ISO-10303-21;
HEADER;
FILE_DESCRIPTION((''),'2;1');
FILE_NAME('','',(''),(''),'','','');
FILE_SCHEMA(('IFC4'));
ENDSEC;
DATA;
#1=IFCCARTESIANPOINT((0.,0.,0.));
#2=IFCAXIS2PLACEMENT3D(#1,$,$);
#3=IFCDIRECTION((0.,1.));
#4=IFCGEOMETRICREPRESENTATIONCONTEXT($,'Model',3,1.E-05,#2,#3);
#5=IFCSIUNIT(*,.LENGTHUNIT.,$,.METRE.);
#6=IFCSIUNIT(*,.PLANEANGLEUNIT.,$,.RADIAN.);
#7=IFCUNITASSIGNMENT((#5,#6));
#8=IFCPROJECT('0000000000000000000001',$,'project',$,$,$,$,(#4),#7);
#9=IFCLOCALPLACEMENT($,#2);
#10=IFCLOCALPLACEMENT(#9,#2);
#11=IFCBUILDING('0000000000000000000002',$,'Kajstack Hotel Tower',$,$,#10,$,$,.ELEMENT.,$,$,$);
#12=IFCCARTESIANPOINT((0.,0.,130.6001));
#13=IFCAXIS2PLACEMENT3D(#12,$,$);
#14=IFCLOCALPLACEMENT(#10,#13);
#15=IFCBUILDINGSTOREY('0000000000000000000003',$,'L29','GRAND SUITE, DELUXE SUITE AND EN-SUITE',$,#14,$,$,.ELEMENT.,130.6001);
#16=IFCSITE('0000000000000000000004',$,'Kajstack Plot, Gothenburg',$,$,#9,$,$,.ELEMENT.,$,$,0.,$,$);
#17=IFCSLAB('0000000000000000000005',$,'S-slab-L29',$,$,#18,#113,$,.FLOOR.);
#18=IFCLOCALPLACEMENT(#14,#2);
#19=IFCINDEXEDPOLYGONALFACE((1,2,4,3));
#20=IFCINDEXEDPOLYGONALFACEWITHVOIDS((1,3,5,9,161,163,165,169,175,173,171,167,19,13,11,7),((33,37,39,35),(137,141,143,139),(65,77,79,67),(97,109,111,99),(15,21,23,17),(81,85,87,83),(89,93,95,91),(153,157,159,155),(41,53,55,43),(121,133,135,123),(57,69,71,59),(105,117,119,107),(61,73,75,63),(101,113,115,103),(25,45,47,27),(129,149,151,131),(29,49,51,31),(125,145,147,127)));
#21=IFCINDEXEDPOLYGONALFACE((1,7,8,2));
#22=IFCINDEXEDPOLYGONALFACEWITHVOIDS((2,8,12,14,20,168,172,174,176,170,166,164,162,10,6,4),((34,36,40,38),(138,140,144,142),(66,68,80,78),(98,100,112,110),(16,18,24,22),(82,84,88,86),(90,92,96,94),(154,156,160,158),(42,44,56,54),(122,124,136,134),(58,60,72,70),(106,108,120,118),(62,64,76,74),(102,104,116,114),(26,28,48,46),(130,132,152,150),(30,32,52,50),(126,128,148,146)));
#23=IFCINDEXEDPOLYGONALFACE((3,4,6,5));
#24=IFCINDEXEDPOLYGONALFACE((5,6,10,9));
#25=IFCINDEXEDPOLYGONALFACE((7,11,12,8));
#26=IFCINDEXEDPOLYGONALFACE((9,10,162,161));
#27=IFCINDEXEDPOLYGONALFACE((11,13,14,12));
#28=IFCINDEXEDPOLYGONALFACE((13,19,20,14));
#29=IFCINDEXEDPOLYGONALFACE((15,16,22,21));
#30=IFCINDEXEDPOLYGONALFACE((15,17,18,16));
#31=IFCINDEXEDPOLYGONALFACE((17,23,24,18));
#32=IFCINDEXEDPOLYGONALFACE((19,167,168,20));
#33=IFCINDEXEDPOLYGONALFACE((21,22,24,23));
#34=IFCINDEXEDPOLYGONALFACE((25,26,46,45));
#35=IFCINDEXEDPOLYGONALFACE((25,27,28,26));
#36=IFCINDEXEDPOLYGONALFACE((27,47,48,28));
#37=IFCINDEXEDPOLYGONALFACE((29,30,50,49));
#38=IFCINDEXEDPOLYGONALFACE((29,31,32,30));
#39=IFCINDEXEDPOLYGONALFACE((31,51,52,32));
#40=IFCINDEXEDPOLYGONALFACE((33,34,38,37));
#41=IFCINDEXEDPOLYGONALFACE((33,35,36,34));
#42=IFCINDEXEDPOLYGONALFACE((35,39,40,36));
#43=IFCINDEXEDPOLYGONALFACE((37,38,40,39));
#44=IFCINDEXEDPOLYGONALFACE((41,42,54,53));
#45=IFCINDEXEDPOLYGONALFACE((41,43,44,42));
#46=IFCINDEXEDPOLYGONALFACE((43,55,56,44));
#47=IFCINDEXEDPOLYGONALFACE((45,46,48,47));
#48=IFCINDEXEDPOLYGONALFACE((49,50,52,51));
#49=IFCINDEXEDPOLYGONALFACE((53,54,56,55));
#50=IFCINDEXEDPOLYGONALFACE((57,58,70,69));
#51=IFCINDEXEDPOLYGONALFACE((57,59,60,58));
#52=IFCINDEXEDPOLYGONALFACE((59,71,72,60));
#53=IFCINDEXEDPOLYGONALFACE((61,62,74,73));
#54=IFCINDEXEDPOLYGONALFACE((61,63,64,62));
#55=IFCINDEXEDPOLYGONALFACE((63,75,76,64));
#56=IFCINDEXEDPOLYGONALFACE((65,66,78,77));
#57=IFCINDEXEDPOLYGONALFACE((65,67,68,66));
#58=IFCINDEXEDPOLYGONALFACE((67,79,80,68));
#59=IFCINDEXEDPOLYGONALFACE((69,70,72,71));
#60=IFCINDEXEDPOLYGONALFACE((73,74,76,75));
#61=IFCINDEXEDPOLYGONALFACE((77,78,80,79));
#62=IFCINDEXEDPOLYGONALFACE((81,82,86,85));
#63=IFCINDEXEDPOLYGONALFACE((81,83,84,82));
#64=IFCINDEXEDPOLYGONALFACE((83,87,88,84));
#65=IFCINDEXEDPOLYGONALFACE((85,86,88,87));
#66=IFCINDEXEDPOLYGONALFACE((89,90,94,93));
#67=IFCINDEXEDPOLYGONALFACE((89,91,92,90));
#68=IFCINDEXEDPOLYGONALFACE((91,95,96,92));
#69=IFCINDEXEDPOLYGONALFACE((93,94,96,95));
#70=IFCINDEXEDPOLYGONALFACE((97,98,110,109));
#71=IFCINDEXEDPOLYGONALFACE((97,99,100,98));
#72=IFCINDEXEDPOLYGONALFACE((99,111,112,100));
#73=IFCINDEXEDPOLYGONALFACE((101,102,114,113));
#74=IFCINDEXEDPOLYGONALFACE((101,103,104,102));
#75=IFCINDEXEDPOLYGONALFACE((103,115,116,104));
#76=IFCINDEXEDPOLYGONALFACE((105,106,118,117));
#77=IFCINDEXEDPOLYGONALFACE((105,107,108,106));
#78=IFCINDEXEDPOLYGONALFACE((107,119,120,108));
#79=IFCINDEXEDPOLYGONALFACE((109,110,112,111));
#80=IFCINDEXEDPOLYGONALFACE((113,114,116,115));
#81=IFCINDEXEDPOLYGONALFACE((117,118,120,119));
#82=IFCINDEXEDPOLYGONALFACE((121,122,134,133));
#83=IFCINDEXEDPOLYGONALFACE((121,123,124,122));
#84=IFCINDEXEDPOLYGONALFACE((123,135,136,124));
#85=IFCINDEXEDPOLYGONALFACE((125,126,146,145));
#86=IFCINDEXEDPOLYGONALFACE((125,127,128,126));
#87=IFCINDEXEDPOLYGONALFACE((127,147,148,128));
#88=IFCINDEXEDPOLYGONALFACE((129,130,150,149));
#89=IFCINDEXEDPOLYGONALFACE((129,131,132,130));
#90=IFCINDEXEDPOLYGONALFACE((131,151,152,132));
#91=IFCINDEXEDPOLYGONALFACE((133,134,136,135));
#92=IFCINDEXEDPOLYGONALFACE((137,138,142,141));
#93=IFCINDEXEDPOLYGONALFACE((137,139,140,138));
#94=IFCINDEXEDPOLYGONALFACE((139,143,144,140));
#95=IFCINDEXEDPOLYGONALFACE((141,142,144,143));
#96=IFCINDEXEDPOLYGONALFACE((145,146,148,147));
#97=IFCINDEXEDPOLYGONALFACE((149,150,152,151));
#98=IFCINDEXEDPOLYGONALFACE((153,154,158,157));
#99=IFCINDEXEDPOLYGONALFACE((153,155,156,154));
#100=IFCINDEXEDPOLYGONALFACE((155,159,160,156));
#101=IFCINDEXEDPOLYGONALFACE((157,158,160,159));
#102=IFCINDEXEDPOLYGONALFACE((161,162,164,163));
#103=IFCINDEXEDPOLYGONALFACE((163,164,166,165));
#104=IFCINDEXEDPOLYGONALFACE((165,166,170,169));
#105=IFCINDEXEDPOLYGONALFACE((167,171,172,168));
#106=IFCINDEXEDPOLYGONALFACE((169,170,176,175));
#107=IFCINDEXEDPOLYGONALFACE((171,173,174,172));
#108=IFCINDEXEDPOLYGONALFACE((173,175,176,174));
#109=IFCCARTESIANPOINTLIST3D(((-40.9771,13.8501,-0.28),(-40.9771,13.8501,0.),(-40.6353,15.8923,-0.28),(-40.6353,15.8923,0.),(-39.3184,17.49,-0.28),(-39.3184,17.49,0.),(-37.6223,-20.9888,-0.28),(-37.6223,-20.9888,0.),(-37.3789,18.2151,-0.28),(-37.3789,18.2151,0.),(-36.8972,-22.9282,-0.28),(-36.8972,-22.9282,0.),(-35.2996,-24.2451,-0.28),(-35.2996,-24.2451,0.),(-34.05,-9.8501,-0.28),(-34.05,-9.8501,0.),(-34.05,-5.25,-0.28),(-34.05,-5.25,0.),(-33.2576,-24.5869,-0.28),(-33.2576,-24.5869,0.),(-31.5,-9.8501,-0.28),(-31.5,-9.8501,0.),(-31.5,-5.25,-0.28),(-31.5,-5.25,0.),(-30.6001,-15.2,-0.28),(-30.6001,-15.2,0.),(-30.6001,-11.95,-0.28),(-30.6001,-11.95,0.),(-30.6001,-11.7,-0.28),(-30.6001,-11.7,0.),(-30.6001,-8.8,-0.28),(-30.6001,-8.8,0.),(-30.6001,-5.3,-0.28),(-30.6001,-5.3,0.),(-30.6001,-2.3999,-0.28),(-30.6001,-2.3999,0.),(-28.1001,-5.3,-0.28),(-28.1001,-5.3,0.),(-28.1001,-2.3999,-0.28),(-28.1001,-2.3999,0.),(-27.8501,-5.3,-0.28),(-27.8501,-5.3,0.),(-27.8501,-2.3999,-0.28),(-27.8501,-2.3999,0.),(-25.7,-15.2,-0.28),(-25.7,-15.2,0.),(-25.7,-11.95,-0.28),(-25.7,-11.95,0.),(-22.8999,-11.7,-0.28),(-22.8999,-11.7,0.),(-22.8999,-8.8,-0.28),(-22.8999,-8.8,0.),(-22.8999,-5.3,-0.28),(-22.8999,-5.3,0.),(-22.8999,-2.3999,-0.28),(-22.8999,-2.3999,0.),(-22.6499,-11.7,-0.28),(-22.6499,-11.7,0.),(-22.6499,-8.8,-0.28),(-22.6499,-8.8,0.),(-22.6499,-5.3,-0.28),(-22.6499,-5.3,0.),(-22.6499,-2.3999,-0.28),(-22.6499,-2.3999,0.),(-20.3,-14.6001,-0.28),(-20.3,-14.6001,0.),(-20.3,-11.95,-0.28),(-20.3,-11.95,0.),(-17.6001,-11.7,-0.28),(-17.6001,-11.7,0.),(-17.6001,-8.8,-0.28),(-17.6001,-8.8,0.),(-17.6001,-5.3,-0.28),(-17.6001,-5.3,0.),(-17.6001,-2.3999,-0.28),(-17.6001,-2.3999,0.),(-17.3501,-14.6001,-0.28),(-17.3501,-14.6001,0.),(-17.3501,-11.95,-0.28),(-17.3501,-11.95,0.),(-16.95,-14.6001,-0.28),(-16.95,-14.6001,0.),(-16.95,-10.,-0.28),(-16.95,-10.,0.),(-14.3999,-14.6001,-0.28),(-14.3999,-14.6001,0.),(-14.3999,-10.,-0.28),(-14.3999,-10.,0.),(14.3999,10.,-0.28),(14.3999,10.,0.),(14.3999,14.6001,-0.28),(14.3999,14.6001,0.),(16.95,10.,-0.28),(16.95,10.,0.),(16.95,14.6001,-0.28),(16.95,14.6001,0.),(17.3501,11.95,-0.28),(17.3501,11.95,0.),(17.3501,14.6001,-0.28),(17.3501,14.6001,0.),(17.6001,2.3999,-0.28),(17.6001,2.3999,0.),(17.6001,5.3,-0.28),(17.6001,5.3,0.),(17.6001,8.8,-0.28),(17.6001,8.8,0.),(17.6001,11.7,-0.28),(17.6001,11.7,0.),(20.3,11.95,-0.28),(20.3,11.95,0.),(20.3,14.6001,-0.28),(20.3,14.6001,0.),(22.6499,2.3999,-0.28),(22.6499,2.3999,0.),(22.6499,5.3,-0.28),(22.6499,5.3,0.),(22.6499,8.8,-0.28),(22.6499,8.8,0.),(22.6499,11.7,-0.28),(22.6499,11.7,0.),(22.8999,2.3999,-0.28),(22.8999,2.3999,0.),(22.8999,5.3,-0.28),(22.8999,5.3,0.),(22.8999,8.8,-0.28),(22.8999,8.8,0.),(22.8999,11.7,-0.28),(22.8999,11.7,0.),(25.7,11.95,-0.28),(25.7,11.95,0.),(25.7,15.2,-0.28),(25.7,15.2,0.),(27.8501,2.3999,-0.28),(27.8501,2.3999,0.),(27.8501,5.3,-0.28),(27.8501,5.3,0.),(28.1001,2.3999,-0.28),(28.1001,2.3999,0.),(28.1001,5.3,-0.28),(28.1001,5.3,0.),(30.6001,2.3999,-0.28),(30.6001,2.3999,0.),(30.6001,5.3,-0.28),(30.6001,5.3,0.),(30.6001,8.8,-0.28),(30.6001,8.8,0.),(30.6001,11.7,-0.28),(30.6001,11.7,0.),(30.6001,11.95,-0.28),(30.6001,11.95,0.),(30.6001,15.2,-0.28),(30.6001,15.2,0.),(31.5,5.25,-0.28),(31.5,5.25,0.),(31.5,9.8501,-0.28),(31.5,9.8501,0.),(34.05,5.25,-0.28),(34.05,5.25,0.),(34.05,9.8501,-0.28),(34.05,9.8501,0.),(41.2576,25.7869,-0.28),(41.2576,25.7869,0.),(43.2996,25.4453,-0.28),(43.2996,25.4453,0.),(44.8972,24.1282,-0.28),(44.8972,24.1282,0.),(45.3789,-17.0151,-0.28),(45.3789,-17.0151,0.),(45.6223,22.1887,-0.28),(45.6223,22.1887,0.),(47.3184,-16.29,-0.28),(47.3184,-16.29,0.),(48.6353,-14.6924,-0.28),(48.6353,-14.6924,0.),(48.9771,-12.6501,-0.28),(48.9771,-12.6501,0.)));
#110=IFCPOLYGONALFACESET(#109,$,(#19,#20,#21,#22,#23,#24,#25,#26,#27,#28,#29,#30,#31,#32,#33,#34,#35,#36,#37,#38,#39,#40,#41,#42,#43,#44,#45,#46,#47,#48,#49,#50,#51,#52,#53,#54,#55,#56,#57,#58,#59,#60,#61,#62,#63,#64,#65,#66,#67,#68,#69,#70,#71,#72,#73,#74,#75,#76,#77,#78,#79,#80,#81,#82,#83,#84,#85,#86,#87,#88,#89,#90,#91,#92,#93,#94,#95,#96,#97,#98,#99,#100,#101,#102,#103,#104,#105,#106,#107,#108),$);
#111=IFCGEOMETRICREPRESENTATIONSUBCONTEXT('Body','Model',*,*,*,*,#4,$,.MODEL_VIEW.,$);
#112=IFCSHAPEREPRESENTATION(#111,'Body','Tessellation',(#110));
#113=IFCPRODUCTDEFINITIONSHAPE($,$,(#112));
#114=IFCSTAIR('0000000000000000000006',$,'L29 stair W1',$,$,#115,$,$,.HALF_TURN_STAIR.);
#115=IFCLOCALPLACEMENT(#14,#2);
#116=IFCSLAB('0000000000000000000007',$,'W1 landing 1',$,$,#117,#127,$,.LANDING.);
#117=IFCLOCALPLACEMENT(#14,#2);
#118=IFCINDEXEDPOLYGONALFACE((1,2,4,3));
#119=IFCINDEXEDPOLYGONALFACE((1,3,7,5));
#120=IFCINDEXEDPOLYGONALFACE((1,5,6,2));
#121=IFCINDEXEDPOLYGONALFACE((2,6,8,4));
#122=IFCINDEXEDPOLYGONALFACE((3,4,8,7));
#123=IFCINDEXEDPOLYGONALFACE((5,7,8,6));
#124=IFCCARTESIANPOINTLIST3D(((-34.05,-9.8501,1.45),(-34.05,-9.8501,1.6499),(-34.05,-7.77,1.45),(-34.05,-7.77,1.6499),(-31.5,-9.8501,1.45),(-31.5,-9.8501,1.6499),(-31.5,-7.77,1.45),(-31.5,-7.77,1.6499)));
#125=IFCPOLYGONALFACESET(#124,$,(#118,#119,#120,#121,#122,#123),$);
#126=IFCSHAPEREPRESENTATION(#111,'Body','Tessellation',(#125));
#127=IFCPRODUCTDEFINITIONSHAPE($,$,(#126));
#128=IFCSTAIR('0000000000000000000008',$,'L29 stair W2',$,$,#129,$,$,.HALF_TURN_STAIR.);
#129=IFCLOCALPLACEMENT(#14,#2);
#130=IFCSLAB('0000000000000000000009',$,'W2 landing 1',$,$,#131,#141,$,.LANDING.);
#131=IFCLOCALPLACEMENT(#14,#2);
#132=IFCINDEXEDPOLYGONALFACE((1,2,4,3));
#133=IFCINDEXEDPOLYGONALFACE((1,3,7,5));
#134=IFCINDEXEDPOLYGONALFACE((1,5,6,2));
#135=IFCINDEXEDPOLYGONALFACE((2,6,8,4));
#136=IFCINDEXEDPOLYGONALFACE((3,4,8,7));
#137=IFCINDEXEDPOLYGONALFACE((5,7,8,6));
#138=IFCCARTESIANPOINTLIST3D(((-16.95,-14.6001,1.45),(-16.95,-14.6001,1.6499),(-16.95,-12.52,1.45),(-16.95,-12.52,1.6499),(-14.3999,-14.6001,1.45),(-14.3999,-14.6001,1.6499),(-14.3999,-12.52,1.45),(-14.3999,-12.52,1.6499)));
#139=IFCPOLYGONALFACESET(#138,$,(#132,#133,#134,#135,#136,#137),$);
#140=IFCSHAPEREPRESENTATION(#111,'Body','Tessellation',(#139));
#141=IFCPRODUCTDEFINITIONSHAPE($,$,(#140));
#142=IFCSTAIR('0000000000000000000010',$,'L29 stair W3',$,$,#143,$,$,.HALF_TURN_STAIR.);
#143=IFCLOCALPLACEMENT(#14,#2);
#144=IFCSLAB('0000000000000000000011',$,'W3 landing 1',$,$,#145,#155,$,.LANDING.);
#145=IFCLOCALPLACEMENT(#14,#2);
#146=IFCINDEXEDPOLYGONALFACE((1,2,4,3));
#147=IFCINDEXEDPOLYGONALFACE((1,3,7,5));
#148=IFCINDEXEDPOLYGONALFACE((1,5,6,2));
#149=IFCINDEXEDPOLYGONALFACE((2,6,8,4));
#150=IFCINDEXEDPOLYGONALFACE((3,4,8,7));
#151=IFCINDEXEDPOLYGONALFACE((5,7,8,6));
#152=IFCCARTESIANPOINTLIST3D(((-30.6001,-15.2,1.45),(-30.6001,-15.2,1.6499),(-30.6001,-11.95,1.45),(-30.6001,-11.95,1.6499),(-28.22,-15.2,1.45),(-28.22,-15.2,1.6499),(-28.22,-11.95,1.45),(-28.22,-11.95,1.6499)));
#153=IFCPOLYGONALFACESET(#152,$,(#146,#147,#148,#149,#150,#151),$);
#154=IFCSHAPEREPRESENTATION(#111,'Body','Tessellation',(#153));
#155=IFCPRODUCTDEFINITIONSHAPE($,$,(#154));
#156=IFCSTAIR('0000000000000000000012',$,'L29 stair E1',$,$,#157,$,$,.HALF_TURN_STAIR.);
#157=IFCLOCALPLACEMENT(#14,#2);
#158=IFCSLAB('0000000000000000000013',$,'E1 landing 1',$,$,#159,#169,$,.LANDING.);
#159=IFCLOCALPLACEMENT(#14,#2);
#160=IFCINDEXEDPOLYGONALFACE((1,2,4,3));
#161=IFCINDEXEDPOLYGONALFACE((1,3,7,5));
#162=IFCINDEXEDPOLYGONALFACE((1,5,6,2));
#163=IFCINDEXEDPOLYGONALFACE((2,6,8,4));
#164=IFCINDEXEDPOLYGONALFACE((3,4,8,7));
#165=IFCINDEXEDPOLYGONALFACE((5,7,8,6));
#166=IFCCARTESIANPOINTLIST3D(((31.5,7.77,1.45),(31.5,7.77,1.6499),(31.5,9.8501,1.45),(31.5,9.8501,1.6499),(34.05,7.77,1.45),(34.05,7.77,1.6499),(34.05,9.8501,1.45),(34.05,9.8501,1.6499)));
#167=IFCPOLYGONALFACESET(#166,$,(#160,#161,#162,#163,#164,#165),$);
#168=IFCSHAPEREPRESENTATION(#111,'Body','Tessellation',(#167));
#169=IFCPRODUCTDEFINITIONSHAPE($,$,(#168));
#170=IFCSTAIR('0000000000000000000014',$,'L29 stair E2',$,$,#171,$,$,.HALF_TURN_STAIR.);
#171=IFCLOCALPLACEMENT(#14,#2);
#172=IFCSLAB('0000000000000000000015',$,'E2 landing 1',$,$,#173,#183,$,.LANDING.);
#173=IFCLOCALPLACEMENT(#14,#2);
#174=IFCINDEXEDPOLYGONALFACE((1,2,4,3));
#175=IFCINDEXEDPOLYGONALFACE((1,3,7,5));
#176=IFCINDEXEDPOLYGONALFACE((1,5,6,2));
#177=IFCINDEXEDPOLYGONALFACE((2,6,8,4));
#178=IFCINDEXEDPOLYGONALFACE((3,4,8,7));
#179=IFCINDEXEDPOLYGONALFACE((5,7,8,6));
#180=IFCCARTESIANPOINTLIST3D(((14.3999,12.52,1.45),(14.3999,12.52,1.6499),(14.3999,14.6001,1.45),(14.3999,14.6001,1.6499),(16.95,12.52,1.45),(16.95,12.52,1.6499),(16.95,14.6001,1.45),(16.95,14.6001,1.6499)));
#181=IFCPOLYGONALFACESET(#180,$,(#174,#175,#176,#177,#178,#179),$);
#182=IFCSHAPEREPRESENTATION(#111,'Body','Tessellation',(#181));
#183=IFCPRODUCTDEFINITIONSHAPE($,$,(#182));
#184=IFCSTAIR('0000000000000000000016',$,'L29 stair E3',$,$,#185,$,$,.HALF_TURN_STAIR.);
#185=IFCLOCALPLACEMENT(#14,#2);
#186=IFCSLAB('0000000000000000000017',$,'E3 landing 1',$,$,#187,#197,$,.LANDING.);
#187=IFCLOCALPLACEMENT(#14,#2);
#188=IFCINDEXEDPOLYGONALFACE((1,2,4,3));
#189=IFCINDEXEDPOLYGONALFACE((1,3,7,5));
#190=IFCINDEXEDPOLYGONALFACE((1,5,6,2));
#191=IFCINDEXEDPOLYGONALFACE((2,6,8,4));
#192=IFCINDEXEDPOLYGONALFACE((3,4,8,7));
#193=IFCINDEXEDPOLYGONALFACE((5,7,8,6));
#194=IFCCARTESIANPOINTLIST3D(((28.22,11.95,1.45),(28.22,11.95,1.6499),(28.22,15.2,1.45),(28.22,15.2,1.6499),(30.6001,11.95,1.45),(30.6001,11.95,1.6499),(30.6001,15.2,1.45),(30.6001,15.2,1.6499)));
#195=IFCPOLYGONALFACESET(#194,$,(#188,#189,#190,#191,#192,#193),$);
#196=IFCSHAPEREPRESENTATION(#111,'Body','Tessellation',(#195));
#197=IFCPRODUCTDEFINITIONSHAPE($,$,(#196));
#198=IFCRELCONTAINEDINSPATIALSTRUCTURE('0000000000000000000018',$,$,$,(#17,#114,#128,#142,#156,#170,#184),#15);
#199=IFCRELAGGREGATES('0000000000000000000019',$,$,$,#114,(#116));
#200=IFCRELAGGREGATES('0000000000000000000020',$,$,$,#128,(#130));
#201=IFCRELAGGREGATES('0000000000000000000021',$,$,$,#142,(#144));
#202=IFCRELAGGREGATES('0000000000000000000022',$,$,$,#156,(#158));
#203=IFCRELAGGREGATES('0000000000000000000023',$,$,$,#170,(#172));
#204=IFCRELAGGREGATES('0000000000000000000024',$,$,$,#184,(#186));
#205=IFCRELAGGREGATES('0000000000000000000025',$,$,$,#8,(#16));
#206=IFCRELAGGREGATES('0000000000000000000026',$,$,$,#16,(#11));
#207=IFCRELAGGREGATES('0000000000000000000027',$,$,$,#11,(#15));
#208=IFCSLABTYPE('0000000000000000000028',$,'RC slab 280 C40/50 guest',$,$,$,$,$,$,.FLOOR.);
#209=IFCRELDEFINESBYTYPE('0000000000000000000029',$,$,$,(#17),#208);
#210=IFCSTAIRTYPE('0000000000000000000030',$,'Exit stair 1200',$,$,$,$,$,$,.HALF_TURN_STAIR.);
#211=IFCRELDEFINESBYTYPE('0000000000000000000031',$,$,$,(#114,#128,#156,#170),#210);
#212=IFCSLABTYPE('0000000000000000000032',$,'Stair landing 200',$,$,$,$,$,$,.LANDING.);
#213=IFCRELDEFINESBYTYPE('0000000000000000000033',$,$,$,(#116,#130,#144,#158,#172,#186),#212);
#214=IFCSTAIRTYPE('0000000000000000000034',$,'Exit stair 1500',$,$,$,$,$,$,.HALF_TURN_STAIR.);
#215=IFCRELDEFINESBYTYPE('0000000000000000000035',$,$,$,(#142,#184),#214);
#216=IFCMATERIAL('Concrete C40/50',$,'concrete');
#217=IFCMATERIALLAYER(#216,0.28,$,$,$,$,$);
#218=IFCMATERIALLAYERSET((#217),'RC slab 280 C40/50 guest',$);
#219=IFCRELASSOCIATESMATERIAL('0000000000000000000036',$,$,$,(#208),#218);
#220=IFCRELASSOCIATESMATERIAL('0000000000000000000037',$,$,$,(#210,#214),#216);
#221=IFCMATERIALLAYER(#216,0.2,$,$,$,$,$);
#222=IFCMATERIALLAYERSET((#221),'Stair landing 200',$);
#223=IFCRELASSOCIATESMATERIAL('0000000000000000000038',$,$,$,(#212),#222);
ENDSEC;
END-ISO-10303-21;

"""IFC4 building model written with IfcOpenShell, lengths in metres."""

from ifc_helpers import new_model, si_unit, direction, frame, origin, place, context, subcontext, project, spatial, polyline, outline, extrude, material, layer, layer_set, type_object, element, aggregate, save


model = new_model("IFC4")

# Units and contexts
model_context = context("Model", 3, precision=1e-05, world=origin(), true_north=direction((0.0, 1.0)))
body_context = subcontext(model_context, "Body", "Model", "MODEL_VIEW")
ifc_project = project(units=[si_unit("LENGTHUNIT", "METRE"), si_unit("PLANEANGLEUNIT", "RADIAN")], contexts=[model_context])

# Site, building, storey
site_placement = place(None, origin())
site = spatial("IfcSite", under=ifc_project, at=site_placement, Name="Kajstack Plot, Gothenburg", CompositionType="ELEMENT", RefElevation=0.0)
building_placement = place(site_placement, origin())
building = spatial("IfcBuilding", under=site, at=building_placement, Name="Kajstack Hotel Tower", CompositionType="ELEMENT")
storey_placement = place(building_placement, frame((0.0, 0.0, 130.6001)))
storey = spatial("IfcBuildingStorey", under=building, at=storey_placement, Name="L29", Description="GRAND SUITE, DELUXE SUITE AND EN-SUITE", CompositionType="ELEMENT", Elevation=130.6001)

# Slab
ifc_material_1 = material(Name="Concrete C40/50", Category="concrete")
ifc_layer_1 = layer(ifc_material_1, 0.28)
ifc_layer_set_1 = layer_set([ifc_layer_1], Name="RC slab 280 C40/50 guest")
slab_type_1 = type_object("IfcSlabType", Name="RC slab 280 C40/50 guest", PredefinedType="FLOOR", material=ifc_layer_set_1)
slab_1_placement = place(storey_placement, frame((0.0, 0.0, -0.28)))
element("IfcSlab", 1, at=slab_1_placement, inside=storey, type_object=slab_type_1, Name="S-slab-L29", PredefinedType="FLOOR", context=body_context, shape_type="SweptSolid", body=[
    extrude(outline(polyline([(-40.9771, 13.8501), (-37.6223, -20.9888), (-36.8972, -22.9282), (-35.2996, -24.2451), (-33.2576, -24.5869), (45.3789, -17.0151), (47.3184, -16.29), (48.6353, -14.6924), (48.9771, -12.6501), (45.6223, 22.1887), (44.8972, 24.1282), (43.2996, 25.4453), (41.2576, 25.7869), (-37.3789, 18.2151), (-39.3184, 17.49), (-40.6353, 15.8923), (-40.9771, 13.8501)]), holes=[polyline([(-30.6001, -11.7), (-30.6001, -8.8), (-22.8999, -8.8), (-22.8999, -11.7), (-30.6001, -11.7)]), polyline([(-22.6499, -11.7), (-22.6499, -8.8), (-17.6001, -8.8), (-17.6001, -11.7), (-22.6499, -11.7)]), polyline([(-27.8501, -5.3), (-27.8501, -2.3999), (-22.8999, -2.3999), (-22.8999, -5.3), (-27.8501, -5.3)]), polyline([(-22.6499, -5.3), (-22.6499, -2.3999), (-17.6001, -2.3999), (-17.6001, -5.3), (-22.6499, -5.3)]), polyline([(-20.3, -14.6001), (-17.3501, -14.6001), (-17.3501, -11.95), (-20.3, -11.95), (-20.3, -14.6001)]), polyline([(-30.6001, -5.3), (-28.1001, -5.3), (-28.1001, -2.3999), (-30.6001, -2.3999), (-30.6001, -5.3)]), polyline([(22.8999, 8.8), (22.8999, 11.7), (30.6001, 11.7), (30.6001, 8.8), (22.8999, 8.8)]), polyline([(17.6001, 8.8), (17.6001, 11.7), (22.6499, 11.7), (22.6499, 8.8), (17.6001, 8.8)]), polyline([(22.8999, 2.3999), (22.8999, 5.3), (27.8501, 5.3), (27.8501, 2.3999), (22.8999, 2.3999)]), polyline([(17.6001, 2.3999), (17.6001, 5.3), (22.6499, 5.3), (22.6499, 2.3999), (17.6001, 2.3999)]), polyline([(20.3, 14.6001), (17.3501, 14.6001), (17.3501, 11.95), (20.3, 11.95), (20.3, 14.6001)]), polyline([(30.6001, 5.3), (28.1001, 5.3), (28.1001, 2.3999), (30.6001, 2.3999), (30.6001, 5.3)]), polyline([(-34.05, -9.8501), (-31.5, -9.8501), (-31.5, -5.25), (-34.05, -5.25), (-34.05, -9.8501)]), polyline([(-16.95, -14.6001), (-14.3999, -14.6001), (-14.3999, -10.0), (-16.95, -10.0), (-16.95, -14.6001)]), polyline([(-30.6001, -15.2), (-25.7, -15.2), (-25.7, -11.95), (-30.6001, -11.95), (-30.6001, -15.2)]), polyline([(34.05, 9.8501), (31.5, 9.8501), (31.5, 5.25), (34.05, 5.25), (34.05, 9.8501)]), polyline([(16.95, 14.6001), (14.3999, 14.6001), (14.3999, 10.0), (16.95, 10.0), (16.95, 14.6001)]), polyline([(30.6001, 15.2), (25.7, 15.2), (25.7, 11.95), (30.6001, 11.95), (30.6001, 15.2)])]), origin(), (0.0, 0.0, 1.0), 0.28),
])

# Stairs, slabs
stair_type_1 = type_object("IfcStairType", Name="Exit stair 1200", PredefinedType="HALF_TURN_STAIR", material=ifc_material_1)
stair_1_placement = place(storey_placement, origin())
stair_1 = element("IfcStair", 2, at=stair_1_placement, inside=storey, type_object=stair_type_1, Name="L29 stair W1", PredefinedType="HALF_TURN_STAIR")
ifc_layer_2 = layer(ifc_material_1, 0.2)
ifc_layer_set_2 = layer_set([ifc_layer_2], Name="Stair landing 200")
slab_type_2 = type_object("IfcSlabType", Name="Stair landing 200", PredefinedType="LANDING", material=ifc_layer_set_2)
slab_2_placement = place(storey_placement, frame((0.0, 0.0, 1.45)))
slab_2 = element("IfcSlab", 3, at=slab_2_placement, type_object=slab_type_2, Name="W1 landing 1", PredefinedType="LANDING", context=body_context, shape_type="SweptSolid", body=[
    extrude(outline(polyline([(-34.05, -7.77), (-34.05, -9.8501), (-31.5, -9.8501), (-31.5, -7.77), (-34.05, -7.77)])), origin(), (0.0, 0.0, 1.0), 0.2),
])
aggregate(stair_1, [slab_2])
stair_2_placement = place(storey_placement, origin())
stair_2 = element("IfcStair", 4, at=stair_2_placement, inside=storey, type_object=stair_type_1, Name="L29 stair W2", PredefinedType="HALF_TURN_STAIR")
slab_3_placement = place(storey_placement, frame((0.0, 0.0, 1.45)))
slab_3 = element("IfcSlab", 5, at=slab_3_placement, type_object=slab_type_2, Name="W2 landing 1", PredefinedType="LANDING", context=body_context, shape_type="SweptSolid", body=[
    extrude(outline(polyline([(-16.95, -12.52), (-16.95, -14.6001), (-14.3999, -14.6001), (-14.3999, -12.52), (-16.95, -12.52)])), origin(), (0.0, 0.0, 1.0), 0.2),
])
aggregate(stair_2, [slab_3])
stair_type_2 = type_object("IfcStairType", Name="Exit stair 1500", PredefinedType="HALF_TURN_STAIR", material=ifc_material_1)
stair_3_placement = place(storey_placement, origin())
stair_3 = element("IfcStair", 6, at=stair_3_placement, inside=storey, type_object=stair_type_2, Name="L29 stair W3", PredefinedType="HALF_TURN_STAIR")
slab_4_placement = place(storey_placement, frame((0.0, 0.0, 1.45)))
slab_4 = element("IfcSlab", 7, at=slab_4_placement, type_object=slab_type_2, Name="W3 landing 1", PredefinedType="LANDING", context=body_context, shape_type="SweptSolid", body=[
    extrude(outline(polyline([(-28.22, -11.95), (-30.6001, -11.95), (-30.6001, -15.2), (-28.22, -15.2), (-28.22, -11.95)])), origin(), (0.0, 0.0, 1.0), 0.2),
])
aggregate(stair_3, [slab_4])
stair_4_placement = place(storey_placement, origin())
stair_4 = element("IfcStair", 8, at=stair_4_placement, inside=storey, type_object=stair_type_1, Name="L29 stair E1", PredefinedType="HALF_TURN_STAIR")
slab_5_placement = place(storey_placement, frame((0.0, 0.0, 1.45)))
slab_5 = element("IfcSlab", 9, at=slab_5_placement, type_object=slab_type_2, Name="E1 landing 1", PredefinedType="LANDING", context=body_context, shape_type="SweptSolid", body=[
    extrude(outline(polyline([(34.05, 7.77), (34.05, 9.8501), (31.5, 9.8501), (31.5, 7.77), (34.05, 7.77)])), origin(), (0.0, 0.0, 1.0), 0.2),
])
aggregate(stair_4, [slab_5])
stair_5_placement = place(storey_placement, origin())
stair_5 = element("IfcStair", 10, at=stair_5_placement, inside=storey, type_object=stair_type_1, Name="L29 stair E2", PredefinedType="HALF_TURN_STAIR")
slab_6_placement = place(storey_placement, frame((0.0, 0.0, 1.45)))
slab_6 = element("IfcSlab", 11, at=slab_6_placement, type_object=slab_type_2, Name="E2 landing 1", PredefinedType="LANDING", context=body_context, shape_type="SweptSolid", body=[
    extrude(outline(polyline([(16.95, 12.52), (16.95, 14.6001), (14.3999, 14.6001), (14.3999, 12.52), (16.95, 12.52)])), origin(), (0.0, 0.0, 1.0), 0.2),
])
aggregate(stair_5, [slab_6])
stair_6_placement = place(storey_placement, origin())
stair_6 = element("IfcStair", 12, at=stair_6_placement, inside=storey, type_object=stair_type_2, Name="L29 stair E3", PredefinedType="HALF_TURN_STAIR")
slab_7_placement = place(storey_placement, frame((0.0, 0.0, 1.45)))
slab_7 = element("IfcSlab", 13, at=slab_7_placement, type_object=slab_type_2, Name="E3 landing 1", PredefinedType="LANDING", context=body_context, shape_type="SweptSolid", body=[
    extrude(outline(polyline([(28.22, 11.95), (30.6001, 11.95), (30.6001, 15.2), (28.22, 15.2), (28.22, 11.95)])), origin(), (0.0, 0.0, 1.0), 0.2),
])
aggregate(stair_6, [slab_7])

save(model, "model.ifc")
